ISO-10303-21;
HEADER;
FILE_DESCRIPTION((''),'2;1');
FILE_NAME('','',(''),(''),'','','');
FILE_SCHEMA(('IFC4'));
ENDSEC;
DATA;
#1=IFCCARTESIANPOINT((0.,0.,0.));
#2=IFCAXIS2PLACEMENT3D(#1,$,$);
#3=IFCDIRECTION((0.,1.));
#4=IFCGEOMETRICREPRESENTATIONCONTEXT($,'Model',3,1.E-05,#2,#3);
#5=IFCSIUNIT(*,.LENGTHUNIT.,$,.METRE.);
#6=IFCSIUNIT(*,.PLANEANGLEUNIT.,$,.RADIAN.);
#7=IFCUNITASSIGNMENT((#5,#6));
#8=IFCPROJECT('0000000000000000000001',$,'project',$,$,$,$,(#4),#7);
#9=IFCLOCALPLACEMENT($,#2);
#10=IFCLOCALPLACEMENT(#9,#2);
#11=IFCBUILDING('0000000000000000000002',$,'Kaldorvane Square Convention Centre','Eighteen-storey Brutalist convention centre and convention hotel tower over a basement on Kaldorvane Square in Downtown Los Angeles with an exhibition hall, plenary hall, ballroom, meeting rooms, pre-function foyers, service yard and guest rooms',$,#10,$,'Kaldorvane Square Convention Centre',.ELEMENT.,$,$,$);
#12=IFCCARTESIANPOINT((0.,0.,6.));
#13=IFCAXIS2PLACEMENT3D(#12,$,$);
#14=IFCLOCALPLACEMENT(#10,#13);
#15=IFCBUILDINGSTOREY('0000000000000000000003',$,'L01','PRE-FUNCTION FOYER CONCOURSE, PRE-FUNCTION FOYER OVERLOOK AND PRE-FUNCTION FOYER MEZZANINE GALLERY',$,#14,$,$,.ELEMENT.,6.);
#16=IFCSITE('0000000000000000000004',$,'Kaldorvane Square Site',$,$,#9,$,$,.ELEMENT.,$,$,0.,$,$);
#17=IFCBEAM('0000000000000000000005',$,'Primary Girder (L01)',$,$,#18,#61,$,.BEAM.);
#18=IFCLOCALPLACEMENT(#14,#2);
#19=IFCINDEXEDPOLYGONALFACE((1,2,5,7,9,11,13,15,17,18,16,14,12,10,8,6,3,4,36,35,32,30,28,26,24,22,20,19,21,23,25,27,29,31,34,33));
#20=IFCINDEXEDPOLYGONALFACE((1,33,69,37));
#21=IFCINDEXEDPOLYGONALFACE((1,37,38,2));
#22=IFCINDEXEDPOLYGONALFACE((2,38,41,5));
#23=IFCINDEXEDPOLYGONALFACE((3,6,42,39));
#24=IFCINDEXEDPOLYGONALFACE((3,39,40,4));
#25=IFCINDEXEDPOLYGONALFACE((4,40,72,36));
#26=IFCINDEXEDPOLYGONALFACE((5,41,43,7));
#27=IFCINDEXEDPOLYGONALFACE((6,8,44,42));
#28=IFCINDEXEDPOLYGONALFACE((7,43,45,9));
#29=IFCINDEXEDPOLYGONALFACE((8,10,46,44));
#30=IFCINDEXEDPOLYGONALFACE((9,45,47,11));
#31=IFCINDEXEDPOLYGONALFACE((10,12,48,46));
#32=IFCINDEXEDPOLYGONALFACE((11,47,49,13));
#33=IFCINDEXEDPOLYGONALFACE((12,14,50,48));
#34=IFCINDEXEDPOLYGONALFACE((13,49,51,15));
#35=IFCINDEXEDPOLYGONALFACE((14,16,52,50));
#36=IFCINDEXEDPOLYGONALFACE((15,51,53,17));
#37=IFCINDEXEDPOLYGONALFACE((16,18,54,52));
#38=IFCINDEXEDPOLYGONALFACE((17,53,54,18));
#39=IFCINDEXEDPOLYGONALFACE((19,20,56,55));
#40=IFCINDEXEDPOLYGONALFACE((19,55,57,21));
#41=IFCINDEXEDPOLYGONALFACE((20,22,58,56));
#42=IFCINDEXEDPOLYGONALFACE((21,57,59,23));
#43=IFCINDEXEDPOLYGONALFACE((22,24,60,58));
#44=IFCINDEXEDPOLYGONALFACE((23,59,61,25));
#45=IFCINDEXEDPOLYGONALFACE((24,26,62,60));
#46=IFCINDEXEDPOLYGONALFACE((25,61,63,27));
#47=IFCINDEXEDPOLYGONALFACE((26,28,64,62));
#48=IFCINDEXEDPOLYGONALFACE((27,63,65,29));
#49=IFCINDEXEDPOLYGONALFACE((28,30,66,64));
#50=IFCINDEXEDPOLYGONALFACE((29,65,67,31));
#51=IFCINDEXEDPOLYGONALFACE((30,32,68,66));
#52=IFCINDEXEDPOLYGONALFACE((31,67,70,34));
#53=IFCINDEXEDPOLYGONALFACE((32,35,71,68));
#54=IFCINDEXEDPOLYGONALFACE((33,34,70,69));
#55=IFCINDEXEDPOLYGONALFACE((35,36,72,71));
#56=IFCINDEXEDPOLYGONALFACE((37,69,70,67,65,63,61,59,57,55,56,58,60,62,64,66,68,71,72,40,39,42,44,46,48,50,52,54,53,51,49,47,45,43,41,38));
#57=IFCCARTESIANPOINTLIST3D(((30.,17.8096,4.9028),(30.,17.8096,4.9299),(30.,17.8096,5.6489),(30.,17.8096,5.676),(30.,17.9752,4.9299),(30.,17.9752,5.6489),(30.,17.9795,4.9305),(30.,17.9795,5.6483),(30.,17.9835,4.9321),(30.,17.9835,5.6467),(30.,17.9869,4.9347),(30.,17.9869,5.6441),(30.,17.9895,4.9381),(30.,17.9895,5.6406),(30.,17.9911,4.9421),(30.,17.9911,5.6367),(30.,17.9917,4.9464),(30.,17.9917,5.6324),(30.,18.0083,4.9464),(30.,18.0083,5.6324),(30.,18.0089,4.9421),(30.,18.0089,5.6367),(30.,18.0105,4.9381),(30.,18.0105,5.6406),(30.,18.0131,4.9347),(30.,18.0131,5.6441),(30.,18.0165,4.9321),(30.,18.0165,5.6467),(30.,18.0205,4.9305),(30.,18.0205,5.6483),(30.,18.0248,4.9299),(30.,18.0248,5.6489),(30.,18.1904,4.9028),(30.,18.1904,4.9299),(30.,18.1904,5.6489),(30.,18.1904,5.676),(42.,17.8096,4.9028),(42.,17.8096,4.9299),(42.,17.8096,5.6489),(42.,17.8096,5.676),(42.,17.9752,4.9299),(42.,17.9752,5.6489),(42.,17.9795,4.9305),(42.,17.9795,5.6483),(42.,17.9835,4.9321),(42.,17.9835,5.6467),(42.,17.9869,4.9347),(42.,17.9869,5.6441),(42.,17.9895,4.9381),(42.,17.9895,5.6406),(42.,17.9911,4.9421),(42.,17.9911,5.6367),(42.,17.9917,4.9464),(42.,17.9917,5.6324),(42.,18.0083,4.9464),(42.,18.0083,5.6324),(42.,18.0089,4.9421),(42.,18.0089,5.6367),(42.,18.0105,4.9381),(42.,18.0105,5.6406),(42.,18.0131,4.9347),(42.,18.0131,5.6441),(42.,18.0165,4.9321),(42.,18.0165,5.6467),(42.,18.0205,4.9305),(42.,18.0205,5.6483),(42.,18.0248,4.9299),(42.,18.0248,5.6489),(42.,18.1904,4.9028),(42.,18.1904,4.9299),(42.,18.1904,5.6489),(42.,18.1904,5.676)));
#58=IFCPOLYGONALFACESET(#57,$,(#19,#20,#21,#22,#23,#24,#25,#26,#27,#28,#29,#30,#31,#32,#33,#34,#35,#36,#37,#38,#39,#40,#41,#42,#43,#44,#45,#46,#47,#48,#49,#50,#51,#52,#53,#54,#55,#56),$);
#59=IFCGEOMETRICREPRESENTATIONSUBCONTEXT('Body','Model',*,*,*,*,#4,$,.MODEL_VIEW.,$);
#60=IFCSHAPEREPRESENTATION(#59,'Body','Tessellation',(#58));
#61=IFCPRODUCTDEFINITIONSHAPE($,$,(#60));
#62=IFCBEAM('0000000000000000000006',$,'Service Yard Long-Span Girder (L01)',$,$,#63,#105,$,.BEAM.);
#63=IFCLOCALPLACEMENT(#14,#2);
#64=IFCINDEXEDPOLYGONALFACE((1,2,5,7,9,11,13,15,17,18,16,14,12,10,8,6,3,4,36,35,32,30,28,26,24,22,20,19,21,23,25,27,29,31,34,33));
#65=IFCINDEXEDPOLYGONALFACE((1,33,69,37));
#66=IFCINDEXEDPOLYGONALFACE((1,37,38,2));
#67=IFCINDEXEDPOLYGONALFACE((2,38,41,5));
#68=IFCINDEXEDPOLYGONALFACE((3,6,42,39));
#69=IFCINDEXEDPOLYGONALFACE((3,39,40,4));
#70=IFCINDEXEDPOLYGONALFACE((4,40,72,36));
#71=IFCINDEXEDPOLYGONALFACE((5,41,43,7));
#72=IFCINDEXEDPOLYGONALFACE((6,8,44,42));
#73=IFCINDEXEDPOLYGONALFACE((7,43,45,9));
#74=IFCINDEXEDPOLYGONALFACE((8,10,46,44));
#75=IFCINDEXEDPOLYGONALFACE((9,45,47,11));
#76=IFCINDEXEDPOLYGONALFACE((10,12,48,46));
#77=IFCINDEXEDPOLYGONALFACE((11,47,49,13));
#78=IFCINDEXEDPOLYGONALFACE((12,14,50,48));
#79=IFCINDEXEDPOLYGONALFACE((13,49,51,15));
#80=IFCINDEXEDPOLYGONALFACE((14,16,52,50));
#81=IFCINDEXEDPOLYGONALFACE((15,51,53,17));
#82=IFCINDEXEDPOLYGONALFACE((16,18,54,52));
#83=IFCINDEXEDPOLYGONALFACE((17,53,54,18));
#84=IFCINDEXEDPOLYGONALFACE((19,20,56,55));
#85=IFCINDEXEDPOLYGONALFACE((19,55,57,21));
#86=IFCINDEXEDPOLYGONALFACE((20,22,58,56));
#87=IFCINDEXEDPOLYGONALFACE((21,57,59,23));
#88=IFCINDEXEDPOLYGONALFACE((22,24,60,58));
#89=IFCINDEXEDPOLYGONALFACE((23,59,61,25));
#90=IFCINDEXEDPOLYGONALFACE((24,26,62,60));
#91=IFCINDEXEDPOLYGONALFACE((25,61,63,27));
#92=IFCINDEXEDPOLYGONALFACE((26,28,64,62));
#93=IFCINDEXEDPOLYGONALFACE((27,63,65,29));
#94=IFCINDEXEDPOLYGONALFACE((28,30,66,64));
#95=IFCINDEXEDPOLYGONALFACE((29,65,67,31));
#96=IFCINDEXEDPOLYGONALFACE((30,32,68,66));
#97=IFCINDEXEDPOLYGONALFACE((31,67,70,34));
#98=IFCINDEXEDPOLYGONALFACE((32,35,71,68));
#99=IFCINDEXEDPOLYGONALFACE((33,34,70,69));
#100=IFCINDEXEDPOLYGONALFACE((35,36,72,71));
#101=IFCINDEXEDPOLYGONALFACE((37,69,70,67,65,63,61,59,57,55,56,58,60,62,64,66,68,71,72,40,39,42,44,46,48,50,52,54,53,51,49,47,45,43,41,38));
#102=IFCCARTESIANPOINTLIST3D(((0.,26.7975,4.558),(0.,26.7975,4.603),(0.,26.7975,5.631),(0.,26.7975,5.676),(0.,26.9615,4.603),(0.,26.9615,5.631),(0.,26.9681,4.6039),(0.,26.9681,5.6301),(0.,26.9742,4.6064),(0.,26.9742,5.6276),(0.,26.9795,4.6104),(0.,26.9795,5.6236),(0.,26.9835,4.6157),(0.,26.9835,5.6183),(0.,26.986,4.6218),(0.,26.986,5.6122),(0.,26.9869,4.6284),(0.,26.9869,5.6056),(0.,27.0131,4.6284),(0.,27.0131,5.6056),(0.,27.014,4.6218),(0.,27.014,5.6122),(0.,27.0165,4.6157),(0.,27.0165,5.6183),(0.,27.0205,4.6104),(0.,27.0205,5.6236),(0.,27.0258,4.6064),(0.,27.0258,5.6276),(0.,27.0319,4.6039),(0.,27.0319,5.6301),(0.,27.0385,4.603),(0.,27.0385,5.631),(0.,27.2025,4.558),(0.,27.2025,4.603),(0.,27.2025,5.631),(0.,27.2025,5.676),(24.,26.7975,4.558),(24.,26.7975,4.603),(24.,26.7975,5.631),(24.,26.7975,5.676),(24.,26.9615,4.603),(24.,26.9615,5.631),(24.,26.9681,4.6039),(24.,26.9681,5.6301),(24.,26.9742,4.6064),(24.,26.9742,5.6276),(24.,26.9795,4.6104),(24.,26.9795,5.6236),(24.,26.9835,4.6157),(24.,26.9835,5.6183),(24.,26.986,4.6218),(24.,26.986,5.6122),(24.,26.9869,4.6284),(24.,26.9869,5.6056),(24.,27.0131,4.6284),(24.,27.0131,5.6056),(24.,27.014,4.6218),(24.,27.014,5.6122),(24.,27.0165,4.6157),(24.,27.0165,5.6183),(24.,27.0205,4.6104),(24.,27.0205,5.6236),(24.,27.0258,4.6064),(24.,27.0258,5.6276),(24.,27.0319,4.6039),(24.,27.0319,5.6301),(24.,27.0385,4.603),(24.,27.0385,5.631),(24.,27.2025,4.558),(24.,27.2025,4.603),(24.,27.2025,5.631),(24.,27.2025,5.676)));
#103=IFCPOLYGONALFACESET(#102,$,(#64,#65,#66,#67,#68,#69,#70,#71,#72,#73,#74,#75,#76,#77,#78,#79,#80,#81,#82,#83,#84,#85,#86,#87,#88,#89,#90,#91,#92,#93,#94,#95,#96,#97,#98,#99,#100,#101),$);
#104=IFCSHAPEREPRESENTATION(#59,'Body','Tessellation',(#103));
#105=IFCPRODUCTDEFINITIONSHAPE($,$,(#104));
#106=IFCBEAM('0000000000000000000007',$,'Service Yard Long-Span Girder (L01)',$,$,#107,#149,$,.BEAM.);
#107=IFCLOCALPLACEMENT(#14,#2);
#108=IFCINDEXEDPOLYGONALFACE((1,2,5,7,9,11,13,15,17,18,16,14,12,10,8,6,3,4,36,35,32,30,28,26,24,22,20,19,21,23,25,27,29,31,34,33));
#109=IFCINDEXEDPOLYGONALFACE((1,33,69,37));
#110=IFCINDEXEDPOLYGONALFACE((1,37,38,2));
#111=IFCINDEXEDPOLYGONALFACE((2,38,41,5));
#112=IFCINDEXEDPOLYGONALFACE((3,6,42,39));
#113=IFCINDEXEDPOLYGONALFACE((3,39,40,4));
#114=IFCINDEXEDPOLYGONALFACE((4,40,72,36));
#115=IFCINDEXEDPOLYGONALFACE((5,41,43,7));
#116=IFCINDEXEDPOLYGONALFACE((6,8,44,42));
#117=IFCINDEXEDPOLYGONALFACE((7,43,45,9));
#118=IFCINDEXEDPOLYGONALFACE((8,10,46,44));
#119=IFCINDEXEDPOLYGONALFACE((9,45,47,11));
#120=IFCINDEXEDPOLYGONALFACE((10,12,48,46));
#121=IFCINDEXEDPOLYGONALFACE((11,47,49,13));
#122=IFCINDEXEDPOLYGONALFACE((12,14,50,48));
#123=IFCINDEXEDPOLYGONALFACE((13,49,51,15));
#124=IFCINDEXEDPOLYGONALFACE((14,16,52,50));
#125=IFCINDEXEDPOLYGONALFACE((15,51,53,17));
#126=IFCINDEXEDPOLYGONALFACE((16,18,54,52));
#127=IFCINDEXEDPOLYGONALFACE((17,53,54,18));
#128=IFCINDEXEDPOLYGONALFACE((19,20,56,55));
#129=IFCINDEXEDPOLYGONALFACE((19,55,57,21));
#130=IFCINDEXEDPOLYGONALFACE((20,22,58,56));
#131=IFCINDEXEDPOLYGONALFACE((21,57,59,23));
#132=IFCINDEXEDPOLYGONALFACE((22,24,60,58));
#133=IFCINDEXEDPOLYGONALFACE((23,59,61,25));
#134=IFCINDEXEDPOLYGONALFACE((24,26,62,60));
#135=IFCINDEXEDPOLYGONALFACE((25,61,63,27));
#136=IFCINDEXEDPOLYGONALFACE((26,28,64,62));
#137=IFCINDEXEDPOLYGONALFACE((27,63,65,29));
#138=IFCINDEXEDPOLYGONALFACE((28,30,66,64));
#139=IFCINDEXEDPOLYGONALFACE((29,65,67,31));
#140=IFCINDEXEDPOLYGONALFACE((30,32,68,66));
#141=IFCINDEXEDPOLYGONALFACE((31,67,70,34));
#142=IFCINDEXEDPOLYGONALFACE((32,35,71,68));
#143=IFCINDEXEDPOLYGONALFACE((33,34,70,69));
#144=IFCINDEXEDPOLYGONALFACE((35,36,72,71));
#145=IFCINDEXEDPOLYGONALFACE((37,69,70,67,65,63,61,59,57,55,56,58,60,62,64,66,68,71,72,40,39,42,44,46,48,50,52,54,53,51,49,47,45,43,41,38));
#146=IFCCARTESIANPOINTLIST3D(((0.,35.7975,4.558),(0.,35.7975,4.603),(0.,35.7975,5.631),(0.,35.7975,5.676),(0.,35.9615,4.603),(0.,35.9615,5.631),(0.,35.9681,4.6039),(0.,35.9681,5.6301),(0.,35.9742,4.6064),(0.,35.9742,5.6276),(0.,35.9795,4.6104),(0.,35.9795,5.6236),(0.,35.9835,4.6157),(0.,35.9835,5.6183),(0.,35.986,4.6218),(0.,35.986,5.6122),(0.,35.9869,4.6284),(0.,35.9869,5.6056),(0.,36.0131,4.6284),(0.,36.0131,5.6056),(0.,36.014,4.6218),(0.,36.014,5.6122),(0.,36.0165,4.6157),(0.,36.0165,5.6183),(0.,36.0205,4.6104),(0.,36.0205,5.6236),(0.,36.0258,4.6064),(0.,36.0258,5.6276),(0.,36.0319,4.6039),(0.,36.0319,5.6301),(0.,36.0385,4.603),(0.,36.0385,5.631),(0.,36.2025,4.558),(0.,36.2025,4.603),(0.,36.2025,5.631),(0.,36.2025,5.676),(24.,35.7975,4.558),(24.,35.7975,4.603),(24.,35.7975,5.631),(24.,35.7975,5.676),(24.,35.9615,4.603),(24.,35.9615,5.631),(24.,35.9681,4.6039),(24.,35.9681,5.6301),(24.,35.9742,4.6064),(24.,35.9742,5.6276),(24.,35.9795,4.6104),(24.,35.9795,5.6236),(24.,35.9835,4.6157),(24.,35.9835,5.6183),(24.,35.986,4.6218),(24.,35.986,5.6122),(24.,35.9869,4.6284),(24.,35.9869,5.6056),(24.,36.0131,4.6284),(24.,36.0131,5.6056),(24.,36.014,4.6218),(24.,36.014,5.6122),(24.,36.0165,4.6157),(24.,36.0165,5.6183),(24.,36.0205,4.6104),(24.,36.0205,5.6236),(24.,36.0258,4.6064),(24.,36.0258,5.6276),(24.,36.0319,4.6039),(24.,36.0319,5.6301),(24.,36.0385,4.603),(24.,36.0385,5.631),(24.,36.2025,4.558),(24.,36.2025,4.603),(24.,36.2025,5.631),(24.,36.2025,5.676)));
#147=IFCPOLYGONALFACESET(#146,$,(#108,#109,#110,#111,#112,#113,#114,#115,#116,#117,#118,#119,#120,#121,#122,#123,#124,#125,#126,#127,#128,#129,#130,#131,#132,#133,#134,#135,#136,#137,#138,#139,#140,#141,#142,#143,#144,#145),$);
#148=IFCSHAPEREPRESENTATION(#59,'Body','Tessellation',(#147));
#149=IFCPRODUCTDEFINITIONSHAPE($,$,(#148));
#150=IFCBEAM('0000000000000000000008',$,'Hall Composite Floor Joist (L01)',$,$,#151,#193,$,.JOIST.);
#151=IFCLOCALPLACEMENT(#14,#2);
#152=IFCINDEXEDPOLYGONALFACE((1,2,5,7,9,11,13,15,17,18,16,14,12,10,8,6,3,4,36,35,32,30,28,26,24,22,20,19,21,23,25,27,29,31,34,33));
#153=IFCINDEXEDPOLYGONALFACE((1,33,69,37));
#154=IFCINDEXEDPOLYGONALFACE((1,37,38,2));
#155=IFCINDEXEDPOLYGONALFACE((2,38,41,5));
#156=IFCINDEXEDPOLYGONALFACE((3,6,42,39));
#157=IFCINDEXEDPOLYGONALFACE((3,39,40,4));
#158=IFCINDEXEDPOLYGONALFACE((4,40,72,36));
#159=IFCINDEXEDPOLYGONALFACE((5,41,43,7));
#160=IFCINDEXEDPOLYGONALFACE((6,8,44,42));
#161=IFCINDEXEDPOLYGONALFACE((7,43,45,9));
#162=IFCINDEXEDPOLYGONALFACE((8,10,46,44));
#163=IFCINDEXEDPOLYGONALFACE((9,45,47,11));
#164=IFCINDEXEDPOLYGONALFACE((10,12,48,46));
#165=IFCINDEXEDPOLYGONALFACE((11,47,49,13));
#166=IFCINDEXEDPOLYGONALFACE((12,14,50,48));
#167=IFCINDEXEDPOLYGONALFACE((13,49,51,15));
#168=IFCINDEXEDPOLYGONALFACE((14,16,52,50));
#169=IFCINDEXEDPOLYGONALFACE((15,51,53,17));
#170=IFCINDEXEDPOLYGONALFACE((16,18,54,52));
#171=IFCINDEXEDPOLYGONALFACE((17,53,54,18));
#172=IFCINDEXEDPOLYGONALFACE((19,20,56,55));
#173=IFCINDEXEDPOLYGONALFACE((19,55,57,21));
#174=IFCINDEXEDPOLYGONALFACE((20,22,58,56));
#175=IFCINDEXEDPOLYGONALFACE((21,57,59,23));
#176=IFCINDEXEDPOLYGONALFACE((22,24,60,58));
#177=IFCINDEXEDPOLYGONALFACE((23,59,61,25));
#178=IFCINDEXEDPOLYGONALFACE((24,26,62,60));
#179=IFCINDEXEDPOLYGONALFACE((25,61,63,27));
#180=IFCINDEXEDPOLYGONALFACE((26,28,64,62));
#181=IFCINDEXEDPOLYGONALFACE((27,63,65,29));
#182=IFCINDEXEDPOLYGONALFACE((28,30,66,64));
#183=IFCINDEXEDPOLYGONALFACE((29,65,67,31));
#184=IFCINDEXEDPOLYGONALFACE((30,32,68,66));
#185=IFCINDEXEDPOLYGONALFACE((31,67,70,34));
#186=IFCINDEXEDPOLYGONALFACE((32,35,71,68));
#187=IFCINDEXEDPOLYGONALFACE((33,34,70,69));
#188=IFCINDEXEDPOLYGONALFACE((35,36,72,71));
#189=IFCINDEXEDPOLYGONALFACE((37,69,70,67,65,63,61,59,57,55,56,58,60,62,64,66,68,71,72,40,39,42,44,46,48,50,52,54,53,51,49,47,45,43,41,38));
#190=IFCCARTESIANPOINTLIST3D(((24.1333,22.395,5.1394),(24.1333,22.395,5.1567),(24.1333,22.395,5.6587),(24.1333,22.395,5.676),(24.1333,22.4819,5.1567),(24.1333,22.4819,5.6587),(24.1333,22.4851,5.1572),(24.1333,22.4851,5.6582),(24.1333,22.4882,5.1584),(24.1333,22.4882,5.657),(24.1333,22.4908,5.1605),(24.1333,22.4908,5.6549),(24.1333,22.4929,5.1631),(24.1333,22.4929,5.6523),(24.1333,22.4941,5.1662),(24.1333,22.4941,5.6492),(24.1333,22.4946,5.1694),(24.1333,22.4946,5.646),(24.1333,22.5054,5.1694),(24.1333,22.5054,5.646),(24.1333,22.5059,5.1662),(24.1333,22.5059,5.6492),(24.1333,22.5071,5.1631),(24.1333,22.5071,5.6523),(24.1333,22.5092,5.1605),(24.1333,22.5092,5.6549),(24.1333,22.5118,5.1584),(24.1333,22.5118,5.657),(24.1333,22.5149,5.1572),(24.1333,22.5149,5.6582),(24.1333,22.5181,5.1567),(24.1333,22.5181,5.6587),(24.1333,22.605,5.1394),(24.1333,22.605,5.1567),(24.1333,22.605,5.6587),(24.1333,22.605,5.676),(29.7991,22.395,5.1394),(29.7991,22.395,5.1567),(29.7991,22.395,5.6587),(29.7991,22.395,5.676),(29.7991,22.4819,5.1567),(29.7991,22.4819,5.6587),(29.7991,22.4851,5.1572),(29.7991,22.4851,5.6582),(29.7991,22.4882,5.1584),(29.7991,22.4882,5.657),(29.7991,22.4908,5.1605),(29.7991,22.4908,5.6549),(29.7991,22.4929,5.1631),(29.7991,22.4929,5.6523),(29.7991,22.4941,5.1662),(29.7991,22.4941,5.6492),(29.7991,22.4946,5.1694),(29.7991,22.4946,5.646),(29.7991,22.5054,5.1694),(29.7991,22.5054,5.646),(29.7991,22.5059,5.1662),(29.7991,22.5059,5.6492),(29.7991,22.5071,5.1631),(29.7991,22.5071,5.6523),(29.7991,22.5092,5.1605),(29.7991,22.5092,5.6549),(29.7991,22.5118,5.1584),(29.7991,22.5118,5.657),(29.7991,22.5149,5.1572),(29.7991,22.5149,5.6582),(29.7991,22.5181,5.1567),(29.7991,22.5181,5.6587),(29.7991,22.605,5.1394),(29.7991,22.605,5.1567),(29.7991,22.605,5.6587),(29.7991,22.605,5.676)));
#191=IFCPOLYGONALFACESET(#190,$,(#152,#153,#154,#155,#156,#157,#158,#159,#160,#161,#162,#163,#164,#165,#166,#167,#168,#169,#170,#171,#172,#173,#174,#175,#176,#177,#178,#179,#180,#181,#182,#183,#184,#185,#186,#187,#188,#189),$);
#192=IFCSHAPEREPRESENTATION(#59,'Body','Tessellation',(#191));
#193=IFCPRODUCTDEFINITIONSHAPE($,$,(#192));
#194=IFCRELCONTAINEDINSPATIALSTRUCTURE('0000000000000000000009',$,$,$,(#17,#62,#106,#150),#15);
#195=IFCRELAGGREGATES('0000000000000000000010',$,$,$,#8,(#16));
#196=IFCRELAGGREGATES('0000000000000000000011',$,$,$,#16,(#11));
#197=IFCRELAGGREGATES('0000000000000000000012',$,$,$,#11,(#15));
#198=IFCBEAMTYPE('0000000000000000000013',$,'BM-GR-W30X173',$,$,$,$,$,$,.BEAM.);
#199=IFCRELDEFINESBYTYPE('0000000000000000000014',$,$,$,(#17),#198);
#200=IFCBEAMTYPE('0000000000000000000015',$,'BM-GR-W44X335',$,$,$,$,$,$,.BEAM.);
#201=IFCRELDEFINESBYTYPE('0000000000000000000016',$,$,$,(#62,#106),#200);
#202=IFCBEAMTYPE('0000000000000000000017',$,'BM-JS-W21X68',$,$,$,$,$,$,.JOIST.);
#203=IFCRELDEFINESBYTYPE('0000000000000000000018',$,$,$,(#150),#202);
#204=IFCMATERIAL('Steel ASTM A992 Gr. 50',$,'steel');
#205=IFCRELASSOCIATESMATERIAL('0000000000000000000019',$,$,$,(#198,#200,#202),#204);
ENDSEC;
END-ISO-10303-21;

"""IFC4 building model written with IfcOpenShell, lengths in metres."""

from ifc_helpers import new_model, si_unit, direction, frame, origin, origin_2d, place, context, subcontext, project, spatial, i_section, extrude, material, material_profile, profile_set, type_object, element, save


model = new_model("IFC4")

# Units and contexts
model_context = context("Model", 3, precision=1e-05, world=origin(), true_north=direction((0.0, 1.0)))
body_context = subcontext(model_context, "Body", "Model", "MODEL_VIEW")
ifc_project = project(units=[si_unit("LENGTHUNIT", "METRE"), si_unit("PLANEANGLEUNIT", "RADIAN")], contexts=[model_context])

# Site, building, storey
site_placement = place(None, origin())
site = spatial("IfcSite", under=ifc_project, at=site_placement, Name="Kaldorvane Square Site", CompositionType="ELEMENT", RefElevation=0.0)
building_placement = place(site_placement, origin())
building = spatial("IfcBuilding", under=site, at=building_placement, Name="Kaldorvane Square Convention Centre", Description="Eighteen-storey Brutalist convention centre and convention hotel tower over a basement on Kaldorvane Square in Downtown Los Angeles with an exhibition hall, plenary hall, ballroom, meeting rooms, pre-function foyers, service yard and guest rooms", LongName="Kaldorvane Square Convention Centre", CompositionType="ELEMENT")
storey_placement = place(building_placement, frame((0.0, 0.0, 6.0)))
storey = spatial("IfcBuildingStorey", under=building, at=storey_placement, Name="L01", Description="PRE-FUNCTION FOYER CONCOURSE, PRE-FUNCTION FOYER OVERLOOK AND PRE-FUNCTION FOYER MEZZANINE GALLERY", CompositionType="ELEMENT", Elevation=6.0)

# Shared definitions
ifc_material_1 = material(Name="Steel ASTM A992 Gr. 50", Category="steel")

# Beams
ifc_material_profile_1 = material_profile(ifc_material_1, i_section(OverallWidth=0.3807, OverallDepth=0.7732, WebThickness=0.0166, FlangeThickness=0.0271, FilletRadius=0.0165, at=origin_2d()), Name="W30X173")
ifc_profile_set_1 = profile_set([ifc_material_profile_1], Name="Steel ASTM A992 Gr. 50")
beam_type_1 = type_object("IfcBeamType", Name="BM-GR-W30X173", PredefinedType="BEAM", material=ifc_profile_set_1)
for number, where, z_axis, x_axis, name in (
    (1, (30.0, 18.0, 5.2894), (1.0, 0.0, 0.0), (0.0, 1.0, 0.0), "Primary Girder (L01)"),
):
    element("IfcBeam", number, at=place(storey_placement, frame(where, z_axis=z_axis, x_axis=x_axis)), inside=storey, type_object=beam_type_1, Name=name, PredefinedType="BEAM", context=body_context, shape_type="SweptSolid", body=[
        extrude(i_section(OverallWidth=0.3807, OverallDepth=0.7732, WebThickness=0.0166, FlangeThickness=0.0271, FilletRadius=0.0165, at=origin_2d()), origin(), (0.0, 0.0, 1.0), 12.0),
    ])
ifc_material_profile_2 = material_profile(ifc_material_1, i_section(OverallWidth=0.405, OverallDepth=1.118, WebThickness=0.0262, FlangeThickness=0.045, FilletRadius=0.0254, at=origin_2d()), Name="W44X335")
ifc_profile_set_2 = profile_set([ifc_material_profile_2], Name="Steel ASTM A992 Gr. 50")
beam_type_2 = type_object("IfcBeamType", Name="BM-GR-W44X335", PredefinedType="BEAM", material=ifc_profile_set_2)
for number, where, z_axis, x_axis, name in (
    (2, (0.0, 27.0, 5.117), (1.0, 0.0, 0.0), (0.0, 1.0, 0.0), "Service Yard Long-Span Girder (L01)"),
    (3, (0.0, 36.0, 5.117), (1.0, 0.0, 0.0), (0.0, 1.0, 0.0), "Service Yard Long-Span Girder (L01)"),
):
    element("IfcBeam", number, at=place(storey_placement, frame(where, z_axis=z_axis, x_axis=x_axis)), inside=storey, type_object=beam_type_2, Name=name, PredefinedType="BEAM", context=body_context, shape_type="SweptSolid", body=[
        extrude(i_section(OverallWidth=0.405, OverallDepth=1.118, WebThickness=0.0262, FlangeThickness=0.045, FilletRadius=0.0254, at=origin_2d()), origin(), (0.0, 0.0, 1.0), 24.0),
    ])
ifc_material_profile_3 = material_profile(ifc_material_1, i_section(OverallWidth=0.2101, OverallDepth=0.5367, WebThickness=0.0109, FlangeThickness=0.0174, FilletRadius=0.0127, at=origin_2d()), Name="W21X68")
ifc_profile_set_3 = profile_set([ifc_material_profile_3], Name="Steel ASTM A992 Gr. 50")
beam_type_3 = type_object("IfcBeamType", Name="BM-JS-W21X68", PredefinedType="JOIST", material=ifc_profile_set_3)
for number, where, z_axis, x_axis, name in (
    (4, (24.1333, 22.5, 5.4077), (1.0, 0.0, 0.0), (0.0, 1.0, 0.0), "Hall Composite Floor Joist (L01)"),
):
    element("IfcBeam", number, at=place(storey_placement, frame(where, z_axis=z_axis, x_axis=x_axis)), inside=storey, type_object=beam_type_3, Name=name, PredefinedType="JOIST", context=body_context, shape_type="SweptSolid", body=[
        extrude(i_section(OverallWidth=0.2101, OverallDepth=0.5367, WebThickness=0.0109, FlangeThickness=0.0174, FilletRadius=0.0127, at=origin_2d()), origin(), (0.0, 0.0, 1.0), 5.6658),
    ])

save(model, "model.ifc")
